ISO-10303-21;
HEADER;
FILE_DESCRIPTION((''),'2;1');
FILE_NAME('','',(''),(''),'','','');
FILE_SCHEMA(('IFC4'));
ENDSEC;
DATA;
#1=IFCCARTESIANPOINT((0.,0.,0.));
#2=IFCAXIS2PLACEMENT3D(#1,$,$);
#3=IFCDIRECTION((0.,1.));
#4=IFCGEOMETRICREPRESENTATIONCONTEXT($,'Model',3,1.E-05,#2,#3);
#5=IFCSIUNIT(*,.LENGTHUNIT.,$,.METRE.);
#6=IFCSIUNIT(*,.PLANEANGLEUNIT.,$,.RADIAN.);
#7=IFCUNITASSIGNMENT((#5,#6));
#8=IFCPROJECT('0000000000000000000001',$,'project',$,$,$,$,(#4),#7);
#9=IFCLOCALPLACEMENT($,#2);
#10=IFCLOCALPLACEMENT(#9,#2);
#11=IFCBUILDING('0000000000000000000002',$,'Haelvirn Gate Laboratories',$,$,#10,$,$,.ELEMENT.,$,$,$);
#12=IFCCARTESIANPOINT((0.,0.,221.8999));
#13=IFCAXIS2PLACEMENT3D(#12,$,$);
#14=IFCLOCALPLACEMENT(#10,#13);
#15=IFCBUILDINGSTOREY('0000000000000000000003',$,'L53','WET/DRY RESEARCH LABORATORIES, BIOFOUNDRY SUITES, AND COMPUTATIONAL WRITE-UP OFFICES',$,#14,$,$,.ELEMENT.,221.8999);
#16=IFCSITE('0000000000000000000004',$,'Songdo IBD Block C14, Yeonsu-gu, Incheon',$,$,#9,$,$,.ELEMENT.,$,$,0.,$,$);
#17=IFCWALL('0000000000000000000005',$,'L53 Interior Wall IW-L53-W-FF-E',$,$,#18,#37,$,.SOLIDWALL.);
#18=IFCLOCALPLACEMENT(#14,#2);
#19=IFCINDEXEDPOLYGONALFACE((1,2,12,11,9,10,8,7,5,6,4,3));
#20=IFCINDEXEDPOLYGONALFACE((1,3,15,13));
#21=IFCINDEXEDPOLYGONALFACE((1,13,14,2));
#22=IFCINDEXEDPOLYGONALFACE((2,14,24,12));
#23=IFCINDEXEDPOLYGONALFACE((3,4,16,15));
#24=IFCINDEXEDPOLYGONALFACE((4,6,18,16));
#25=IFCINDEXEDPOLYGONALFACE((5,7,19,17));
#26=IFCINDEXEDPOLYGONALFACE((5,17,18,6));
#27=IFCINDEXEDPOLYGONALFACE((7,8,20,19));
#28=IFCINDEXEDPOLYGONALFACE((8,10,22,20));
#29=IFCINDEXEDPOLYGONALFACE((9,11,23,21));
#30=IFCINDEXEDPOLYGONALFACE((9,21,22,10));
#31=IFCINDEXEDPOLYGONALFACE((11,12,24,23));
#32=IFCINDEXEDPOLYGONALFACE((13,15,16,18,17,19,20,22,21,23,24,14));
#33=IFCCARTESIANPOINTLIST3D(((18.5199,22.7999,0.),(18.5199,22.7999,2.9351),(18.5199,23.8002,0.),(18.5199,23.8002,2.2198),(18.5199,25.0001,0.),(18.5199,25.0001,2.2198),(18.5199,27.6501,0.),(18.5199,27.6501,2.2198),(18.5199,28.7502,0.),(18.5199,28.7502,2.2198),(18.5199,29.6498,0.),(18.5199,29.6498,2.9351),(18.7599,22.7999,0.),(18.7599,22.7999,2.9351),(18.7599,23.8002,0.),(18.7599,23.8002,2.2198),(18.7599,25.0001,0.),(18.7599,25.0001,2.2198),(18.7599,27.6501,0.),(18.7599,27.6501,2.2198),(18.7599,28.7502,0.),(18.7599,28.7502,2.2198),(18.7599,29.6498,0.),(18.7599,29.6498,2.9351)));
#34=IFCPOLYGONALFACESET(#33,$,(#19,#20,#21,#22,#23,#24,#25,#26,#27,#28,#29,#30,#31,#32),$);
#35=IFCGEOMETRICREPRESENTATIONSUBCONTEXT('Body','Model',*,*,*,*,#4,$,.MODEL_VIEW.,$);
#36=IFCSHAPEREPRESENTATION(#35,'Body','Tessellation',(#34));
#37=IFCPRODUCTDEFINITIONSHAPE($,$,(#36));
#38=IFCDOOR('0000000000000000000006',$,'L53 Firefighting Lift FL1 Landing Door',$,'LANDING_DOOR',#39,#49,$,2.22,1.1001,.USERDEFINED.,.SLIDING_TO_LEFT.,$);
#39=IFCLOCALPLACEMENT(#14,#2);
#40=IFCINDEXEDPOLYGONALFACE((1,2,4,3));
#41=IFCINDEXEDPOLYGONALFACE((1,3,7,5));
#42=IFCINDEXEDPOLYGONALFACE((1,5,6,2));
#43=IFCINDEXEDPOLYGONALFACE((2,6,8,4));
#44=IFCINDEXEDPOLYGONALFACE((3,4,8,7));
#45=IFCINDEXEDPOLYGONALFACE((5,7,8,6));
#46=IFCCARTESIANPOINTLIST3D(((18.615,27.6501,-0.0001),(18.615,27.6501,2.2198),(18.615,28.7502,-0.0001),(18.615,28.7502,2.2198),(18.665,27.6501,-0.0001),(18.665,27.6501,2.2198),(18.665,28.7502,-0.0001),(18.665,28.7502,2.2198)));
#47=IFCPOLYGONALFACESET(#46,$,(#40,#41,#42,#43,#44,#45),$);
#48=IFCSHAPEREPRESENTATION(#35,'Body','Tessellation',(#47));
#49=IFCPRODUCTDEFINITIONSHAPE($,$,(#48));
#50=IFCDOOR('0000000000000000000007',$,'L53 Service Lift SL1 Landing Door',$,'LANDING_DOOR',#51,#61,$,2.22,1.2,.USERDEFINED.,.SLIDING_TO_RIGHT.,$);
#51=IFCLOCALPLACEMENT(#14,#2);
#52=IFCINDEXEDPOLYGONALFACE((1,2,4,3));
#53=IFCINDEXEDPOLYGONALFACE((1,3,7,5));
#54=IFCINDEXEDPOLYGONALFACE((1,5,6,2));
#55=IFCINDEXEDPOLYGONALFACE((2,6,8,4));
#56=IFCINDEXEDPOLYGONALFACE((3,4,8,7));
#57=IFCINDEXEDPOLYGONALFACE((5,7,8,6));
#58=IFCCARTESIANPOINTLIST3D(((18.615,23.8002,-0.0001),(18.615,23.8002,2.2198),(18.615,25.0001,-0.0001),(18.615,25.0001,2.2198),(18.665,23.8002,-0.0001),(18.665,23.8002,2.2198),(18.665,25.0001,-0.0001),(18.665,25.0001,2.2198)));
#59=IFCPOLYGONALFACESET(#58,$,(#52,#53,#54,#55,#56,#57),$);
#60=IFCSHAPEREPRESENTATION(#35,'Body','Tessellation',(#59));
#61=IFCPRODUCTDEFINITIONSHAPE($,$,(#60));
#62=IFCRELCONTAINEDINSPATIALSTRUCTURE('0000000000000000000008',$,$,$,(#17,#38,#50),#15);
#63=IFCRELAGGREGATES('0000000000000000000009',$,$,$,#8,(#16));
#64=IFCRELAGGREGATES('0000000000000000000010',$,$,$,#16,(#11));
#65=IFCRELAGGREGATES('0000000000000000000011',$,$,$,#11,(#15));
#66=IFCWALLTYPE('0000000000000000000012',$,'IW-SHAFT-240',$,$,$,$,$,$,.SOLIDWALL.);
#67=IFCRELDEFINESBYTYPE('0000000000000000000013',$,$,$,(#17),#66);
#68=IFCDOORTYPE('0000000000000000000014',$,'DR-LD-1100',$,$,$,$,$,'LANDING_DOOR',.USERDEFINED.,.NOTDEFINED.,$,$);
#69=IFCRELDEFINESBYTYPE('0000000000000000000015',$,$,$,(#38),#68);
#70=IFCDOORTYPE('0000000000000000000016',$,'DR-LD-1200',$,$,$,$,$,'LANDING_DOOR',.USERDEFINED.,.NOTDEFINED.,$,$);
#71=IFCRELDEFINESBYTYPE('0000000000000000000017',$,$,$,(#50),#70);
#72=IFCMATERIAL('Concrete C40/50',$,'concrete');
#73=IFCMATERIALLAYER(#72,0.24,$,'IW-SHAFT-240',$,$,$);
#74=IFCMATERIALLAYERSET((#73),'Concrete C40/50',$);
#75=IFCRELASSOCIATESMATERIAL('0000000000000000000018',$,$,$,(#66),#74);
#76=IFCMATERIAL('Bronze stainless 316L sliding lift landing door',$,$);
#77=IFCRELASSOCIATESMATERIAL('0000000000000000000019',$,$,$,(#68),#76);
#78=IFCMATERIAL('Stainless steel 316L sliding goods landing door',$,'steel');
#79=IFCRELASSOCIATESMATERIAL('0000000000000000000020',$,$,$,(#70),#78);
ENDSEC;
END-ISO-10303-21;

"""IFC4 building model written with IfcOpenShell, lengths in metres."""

from ifc_helpers import new_model, si_unit, direction, frame, frame_2d, origin, place, context, subcontext, project, spatial, rectangle, extrude, source, transform, mapped, material, layer, layer_set, type_object, type_shapes, element, fill, save


model = new_model("IFC4")

# Units and contexts
model_context = context("Model", 3, precision=1e-05, world=origin(), true_north=direction((0.0, 1.0)))
body_context = subcontext(model_context, "Body", "Model", "MODEL_VIEW")
ifc_project = project(units=[si_unit("LENGTHUNIT", "METRE"), si_unit("PLANEANGLEUNIT", "RADIAN")], contexts=[model_context])

# Site, building, storey
site_placement = place(None, origin())
site = spatial("IfcSite", under=ifc_project, at=site_placement, Name="Songdo IBD Block C14, Yeonsu-gu, Incheon", CompositionType="ELEMENT", RefElevation=0.0)
building_placement = place(site_placement, origin())
building = spatial("IfcBuilding", under=site, at=building_placement, Name="Haelvirn Gate Laboratories", CompositionType="ELEMENT")
storey_placement = place(building_placement, frame((0.0, 0.0, 221.8999)))
storey = spatial("IfcBuildingStorey", under=building, at=storey_placement, Name="L53", Description="WET/DRY RESEARCH LABORATORIES, BIOFOUNDRY SUITES, AND COMPUTATIONAL WRITE-UP OFFICES", CompositionType="ELEMENT", Elevation=221.8999)

# Shared definitions
ifc_material_1 = material(Name="Concrete C40/50", Category="concrete")

# Shared definitions
ifc_layer_1 = layer(ifc_material_1, 0.24, Name="IW-SHAFT-240")
ifc_layer_set_1 = layer_set([ifc_layer_1], Name="Concrete C40/50")
wall_type_1 = type_object("IfcWallType", Name="IW-SHAFT-240", PredefinedType="SOLIDWALL", material=ifc_layer_set_1)

# Wall, openings, doors
wall_1_placement = place(storey_placement, frame((18.6399, 22.8, 0.0), z_axis=(0.0, 0.0, 1.0), x_axis=(0.0, 1.0, 0.0)))
wall_1 = element("IfcWall", 1, at=wall_1_placement, inside=storey, type_object=wall_type_1, Name="L53 Interior Wall IW-L53-W-FF-E", PredefinedType="SOLIDWALL", context=body_context, shape_type="SweptSolid", body=[
    extrude(rectangle(XDim=6.8499, YDim=0.24, at=frame_2d((3.4248, 0.0))), origin(), (0.0, 0.0, 1.0), 2.9351),
])
opening_1_placement = place(wall_1_placement, frame((4.8501, 0.0, 0.0)))
opening_1 = element("IfcOpeningElement", 2, at=opening_1_placement, cuts=wall_1, PredefinedType="OPENING", context=body_context, shape_type="SweptSolid", body=[
    extrude(rectangle(XDim=1.1001, YDim=2.22, at=frame_2d((0.55, 1.1099))), frame((0.0, 0.1299, 0.0), z_axis=(0.0, -1.0, 0.0), x_axis=(1.0, 0.0, 0.0)), (0.0, 0.0, 1.0), 0.26),
])
opening_2_placement = place(wall_1_placement, frame((1.0, 0.0, 0.0)))
opening_2 = element("IfcOpeningElement", 3, at=opening_2_placement, cuts=wall_1, PredefinedType="OPENING", context=body_context, shape_type="SweptSolid", body=[
    extrude(rectangle(XDim=1.2, YDim=2.22, at=frame_2d((0.6001, 1.1099))), frame((0.0, 0.1299, 0.0), z_axis=(0.0, -1.0, 0.0), x_axis=(1.0, 0.0, 0.0)), (0.0, 0.0, 1.0), 0.26),
])
ifc_material_2 = material(Name="Bronze stainless 316L sliding lift landing door")
door_type_1 = type_object("IfcDoorType", Name="DR-LD-1100", ElementType="LANDING_DOOR", OperationType="NOTDEFINED", PredefinedType="USERDEFINED", material=ifc_material_2)
shared_shape_1 = source(origin(), body_context, "Body", "SweptSolid", [
    extrude(rectangle(XDim=1.1001, YDim=2.22, at=frame_2d((0.55, 1.1099))), frame((0.0, 0.0249, 0.0), z_axis=(0.0, -1.0, 0.0), x_axis=(1.0, 0.0, 0.0)), (0.0, 0.0, 1.0), 0.05),
])
type_shapes(door_type_1, [shared_shape_1])
door_1_placement = place(opening_1_placement, origin())
door_1 = element("IfcDoor", 4, at=door_1_placement, inside=storey, type_object=door_type_1, Name="L53 Firefighting Lift FL1 Landing Door", ObjectType="LANDING_DOOR", OperationType="SLIDING_TO_LEFT", OverallHeight=2.22, OverallWidth=1.1001, PredefinedType="USERDEFINED", context=body_context, shape_type="MappedRepresentation", body=[
    mapped(shared_shape_1, transform((0.0, 0.0, 0.0), scale=1.0)),
])
fill(opening_1, door_1)
ifc_material_3 = material(Name="Stainless steel 316L sliding goods landing door", Category="steel")
door_type_2 = type_object("IfcDoorType", Name="DR-LD-1200", ElementType="LANDING_DOOR", OperationType="NOTDEFINED", PredefinedType="USERDEFINED", material=ifc_material_3)
shared_shape_2 = source(origin(), body_context, "Body", "SweptSolid", [
    extrude(rectangle(XDim=1.2, YDim=2.22, at=frame_2d((0.6001, 1.1099))), frame((0.0, 0.0249, 0.0), z_axis=(0.0, -1.0, 0.0), x_axis=(1.0, 0.0, 0.0)), (0.0, 0.0, 1.0), 0.05),
])
type_shapes(door_type_2, [shared_shape_2])
door_2_placement = place(opening_2_placement, origin())
door_2 = element("IfcDoor", 5, at=door_2_placement, inside=storey, type_object=door_type_2, Name="L53 Service Lift SL1 Landing Door", ObjectType="LANDING_DOOR", OperationType="SLIDING_TO_RIGHT", OverallHeight=2.22, OverallWidth=1.2, PredefinedType="USERDEFINED", context=body_context, shape_type="MappedRepresentation", body=[
    mapped(shared_shape_2, transform((0.0, 0.0, 0.0), scale=1.0)),
])
fill(opening_2, door_2)

save(model, "model.ifc")
